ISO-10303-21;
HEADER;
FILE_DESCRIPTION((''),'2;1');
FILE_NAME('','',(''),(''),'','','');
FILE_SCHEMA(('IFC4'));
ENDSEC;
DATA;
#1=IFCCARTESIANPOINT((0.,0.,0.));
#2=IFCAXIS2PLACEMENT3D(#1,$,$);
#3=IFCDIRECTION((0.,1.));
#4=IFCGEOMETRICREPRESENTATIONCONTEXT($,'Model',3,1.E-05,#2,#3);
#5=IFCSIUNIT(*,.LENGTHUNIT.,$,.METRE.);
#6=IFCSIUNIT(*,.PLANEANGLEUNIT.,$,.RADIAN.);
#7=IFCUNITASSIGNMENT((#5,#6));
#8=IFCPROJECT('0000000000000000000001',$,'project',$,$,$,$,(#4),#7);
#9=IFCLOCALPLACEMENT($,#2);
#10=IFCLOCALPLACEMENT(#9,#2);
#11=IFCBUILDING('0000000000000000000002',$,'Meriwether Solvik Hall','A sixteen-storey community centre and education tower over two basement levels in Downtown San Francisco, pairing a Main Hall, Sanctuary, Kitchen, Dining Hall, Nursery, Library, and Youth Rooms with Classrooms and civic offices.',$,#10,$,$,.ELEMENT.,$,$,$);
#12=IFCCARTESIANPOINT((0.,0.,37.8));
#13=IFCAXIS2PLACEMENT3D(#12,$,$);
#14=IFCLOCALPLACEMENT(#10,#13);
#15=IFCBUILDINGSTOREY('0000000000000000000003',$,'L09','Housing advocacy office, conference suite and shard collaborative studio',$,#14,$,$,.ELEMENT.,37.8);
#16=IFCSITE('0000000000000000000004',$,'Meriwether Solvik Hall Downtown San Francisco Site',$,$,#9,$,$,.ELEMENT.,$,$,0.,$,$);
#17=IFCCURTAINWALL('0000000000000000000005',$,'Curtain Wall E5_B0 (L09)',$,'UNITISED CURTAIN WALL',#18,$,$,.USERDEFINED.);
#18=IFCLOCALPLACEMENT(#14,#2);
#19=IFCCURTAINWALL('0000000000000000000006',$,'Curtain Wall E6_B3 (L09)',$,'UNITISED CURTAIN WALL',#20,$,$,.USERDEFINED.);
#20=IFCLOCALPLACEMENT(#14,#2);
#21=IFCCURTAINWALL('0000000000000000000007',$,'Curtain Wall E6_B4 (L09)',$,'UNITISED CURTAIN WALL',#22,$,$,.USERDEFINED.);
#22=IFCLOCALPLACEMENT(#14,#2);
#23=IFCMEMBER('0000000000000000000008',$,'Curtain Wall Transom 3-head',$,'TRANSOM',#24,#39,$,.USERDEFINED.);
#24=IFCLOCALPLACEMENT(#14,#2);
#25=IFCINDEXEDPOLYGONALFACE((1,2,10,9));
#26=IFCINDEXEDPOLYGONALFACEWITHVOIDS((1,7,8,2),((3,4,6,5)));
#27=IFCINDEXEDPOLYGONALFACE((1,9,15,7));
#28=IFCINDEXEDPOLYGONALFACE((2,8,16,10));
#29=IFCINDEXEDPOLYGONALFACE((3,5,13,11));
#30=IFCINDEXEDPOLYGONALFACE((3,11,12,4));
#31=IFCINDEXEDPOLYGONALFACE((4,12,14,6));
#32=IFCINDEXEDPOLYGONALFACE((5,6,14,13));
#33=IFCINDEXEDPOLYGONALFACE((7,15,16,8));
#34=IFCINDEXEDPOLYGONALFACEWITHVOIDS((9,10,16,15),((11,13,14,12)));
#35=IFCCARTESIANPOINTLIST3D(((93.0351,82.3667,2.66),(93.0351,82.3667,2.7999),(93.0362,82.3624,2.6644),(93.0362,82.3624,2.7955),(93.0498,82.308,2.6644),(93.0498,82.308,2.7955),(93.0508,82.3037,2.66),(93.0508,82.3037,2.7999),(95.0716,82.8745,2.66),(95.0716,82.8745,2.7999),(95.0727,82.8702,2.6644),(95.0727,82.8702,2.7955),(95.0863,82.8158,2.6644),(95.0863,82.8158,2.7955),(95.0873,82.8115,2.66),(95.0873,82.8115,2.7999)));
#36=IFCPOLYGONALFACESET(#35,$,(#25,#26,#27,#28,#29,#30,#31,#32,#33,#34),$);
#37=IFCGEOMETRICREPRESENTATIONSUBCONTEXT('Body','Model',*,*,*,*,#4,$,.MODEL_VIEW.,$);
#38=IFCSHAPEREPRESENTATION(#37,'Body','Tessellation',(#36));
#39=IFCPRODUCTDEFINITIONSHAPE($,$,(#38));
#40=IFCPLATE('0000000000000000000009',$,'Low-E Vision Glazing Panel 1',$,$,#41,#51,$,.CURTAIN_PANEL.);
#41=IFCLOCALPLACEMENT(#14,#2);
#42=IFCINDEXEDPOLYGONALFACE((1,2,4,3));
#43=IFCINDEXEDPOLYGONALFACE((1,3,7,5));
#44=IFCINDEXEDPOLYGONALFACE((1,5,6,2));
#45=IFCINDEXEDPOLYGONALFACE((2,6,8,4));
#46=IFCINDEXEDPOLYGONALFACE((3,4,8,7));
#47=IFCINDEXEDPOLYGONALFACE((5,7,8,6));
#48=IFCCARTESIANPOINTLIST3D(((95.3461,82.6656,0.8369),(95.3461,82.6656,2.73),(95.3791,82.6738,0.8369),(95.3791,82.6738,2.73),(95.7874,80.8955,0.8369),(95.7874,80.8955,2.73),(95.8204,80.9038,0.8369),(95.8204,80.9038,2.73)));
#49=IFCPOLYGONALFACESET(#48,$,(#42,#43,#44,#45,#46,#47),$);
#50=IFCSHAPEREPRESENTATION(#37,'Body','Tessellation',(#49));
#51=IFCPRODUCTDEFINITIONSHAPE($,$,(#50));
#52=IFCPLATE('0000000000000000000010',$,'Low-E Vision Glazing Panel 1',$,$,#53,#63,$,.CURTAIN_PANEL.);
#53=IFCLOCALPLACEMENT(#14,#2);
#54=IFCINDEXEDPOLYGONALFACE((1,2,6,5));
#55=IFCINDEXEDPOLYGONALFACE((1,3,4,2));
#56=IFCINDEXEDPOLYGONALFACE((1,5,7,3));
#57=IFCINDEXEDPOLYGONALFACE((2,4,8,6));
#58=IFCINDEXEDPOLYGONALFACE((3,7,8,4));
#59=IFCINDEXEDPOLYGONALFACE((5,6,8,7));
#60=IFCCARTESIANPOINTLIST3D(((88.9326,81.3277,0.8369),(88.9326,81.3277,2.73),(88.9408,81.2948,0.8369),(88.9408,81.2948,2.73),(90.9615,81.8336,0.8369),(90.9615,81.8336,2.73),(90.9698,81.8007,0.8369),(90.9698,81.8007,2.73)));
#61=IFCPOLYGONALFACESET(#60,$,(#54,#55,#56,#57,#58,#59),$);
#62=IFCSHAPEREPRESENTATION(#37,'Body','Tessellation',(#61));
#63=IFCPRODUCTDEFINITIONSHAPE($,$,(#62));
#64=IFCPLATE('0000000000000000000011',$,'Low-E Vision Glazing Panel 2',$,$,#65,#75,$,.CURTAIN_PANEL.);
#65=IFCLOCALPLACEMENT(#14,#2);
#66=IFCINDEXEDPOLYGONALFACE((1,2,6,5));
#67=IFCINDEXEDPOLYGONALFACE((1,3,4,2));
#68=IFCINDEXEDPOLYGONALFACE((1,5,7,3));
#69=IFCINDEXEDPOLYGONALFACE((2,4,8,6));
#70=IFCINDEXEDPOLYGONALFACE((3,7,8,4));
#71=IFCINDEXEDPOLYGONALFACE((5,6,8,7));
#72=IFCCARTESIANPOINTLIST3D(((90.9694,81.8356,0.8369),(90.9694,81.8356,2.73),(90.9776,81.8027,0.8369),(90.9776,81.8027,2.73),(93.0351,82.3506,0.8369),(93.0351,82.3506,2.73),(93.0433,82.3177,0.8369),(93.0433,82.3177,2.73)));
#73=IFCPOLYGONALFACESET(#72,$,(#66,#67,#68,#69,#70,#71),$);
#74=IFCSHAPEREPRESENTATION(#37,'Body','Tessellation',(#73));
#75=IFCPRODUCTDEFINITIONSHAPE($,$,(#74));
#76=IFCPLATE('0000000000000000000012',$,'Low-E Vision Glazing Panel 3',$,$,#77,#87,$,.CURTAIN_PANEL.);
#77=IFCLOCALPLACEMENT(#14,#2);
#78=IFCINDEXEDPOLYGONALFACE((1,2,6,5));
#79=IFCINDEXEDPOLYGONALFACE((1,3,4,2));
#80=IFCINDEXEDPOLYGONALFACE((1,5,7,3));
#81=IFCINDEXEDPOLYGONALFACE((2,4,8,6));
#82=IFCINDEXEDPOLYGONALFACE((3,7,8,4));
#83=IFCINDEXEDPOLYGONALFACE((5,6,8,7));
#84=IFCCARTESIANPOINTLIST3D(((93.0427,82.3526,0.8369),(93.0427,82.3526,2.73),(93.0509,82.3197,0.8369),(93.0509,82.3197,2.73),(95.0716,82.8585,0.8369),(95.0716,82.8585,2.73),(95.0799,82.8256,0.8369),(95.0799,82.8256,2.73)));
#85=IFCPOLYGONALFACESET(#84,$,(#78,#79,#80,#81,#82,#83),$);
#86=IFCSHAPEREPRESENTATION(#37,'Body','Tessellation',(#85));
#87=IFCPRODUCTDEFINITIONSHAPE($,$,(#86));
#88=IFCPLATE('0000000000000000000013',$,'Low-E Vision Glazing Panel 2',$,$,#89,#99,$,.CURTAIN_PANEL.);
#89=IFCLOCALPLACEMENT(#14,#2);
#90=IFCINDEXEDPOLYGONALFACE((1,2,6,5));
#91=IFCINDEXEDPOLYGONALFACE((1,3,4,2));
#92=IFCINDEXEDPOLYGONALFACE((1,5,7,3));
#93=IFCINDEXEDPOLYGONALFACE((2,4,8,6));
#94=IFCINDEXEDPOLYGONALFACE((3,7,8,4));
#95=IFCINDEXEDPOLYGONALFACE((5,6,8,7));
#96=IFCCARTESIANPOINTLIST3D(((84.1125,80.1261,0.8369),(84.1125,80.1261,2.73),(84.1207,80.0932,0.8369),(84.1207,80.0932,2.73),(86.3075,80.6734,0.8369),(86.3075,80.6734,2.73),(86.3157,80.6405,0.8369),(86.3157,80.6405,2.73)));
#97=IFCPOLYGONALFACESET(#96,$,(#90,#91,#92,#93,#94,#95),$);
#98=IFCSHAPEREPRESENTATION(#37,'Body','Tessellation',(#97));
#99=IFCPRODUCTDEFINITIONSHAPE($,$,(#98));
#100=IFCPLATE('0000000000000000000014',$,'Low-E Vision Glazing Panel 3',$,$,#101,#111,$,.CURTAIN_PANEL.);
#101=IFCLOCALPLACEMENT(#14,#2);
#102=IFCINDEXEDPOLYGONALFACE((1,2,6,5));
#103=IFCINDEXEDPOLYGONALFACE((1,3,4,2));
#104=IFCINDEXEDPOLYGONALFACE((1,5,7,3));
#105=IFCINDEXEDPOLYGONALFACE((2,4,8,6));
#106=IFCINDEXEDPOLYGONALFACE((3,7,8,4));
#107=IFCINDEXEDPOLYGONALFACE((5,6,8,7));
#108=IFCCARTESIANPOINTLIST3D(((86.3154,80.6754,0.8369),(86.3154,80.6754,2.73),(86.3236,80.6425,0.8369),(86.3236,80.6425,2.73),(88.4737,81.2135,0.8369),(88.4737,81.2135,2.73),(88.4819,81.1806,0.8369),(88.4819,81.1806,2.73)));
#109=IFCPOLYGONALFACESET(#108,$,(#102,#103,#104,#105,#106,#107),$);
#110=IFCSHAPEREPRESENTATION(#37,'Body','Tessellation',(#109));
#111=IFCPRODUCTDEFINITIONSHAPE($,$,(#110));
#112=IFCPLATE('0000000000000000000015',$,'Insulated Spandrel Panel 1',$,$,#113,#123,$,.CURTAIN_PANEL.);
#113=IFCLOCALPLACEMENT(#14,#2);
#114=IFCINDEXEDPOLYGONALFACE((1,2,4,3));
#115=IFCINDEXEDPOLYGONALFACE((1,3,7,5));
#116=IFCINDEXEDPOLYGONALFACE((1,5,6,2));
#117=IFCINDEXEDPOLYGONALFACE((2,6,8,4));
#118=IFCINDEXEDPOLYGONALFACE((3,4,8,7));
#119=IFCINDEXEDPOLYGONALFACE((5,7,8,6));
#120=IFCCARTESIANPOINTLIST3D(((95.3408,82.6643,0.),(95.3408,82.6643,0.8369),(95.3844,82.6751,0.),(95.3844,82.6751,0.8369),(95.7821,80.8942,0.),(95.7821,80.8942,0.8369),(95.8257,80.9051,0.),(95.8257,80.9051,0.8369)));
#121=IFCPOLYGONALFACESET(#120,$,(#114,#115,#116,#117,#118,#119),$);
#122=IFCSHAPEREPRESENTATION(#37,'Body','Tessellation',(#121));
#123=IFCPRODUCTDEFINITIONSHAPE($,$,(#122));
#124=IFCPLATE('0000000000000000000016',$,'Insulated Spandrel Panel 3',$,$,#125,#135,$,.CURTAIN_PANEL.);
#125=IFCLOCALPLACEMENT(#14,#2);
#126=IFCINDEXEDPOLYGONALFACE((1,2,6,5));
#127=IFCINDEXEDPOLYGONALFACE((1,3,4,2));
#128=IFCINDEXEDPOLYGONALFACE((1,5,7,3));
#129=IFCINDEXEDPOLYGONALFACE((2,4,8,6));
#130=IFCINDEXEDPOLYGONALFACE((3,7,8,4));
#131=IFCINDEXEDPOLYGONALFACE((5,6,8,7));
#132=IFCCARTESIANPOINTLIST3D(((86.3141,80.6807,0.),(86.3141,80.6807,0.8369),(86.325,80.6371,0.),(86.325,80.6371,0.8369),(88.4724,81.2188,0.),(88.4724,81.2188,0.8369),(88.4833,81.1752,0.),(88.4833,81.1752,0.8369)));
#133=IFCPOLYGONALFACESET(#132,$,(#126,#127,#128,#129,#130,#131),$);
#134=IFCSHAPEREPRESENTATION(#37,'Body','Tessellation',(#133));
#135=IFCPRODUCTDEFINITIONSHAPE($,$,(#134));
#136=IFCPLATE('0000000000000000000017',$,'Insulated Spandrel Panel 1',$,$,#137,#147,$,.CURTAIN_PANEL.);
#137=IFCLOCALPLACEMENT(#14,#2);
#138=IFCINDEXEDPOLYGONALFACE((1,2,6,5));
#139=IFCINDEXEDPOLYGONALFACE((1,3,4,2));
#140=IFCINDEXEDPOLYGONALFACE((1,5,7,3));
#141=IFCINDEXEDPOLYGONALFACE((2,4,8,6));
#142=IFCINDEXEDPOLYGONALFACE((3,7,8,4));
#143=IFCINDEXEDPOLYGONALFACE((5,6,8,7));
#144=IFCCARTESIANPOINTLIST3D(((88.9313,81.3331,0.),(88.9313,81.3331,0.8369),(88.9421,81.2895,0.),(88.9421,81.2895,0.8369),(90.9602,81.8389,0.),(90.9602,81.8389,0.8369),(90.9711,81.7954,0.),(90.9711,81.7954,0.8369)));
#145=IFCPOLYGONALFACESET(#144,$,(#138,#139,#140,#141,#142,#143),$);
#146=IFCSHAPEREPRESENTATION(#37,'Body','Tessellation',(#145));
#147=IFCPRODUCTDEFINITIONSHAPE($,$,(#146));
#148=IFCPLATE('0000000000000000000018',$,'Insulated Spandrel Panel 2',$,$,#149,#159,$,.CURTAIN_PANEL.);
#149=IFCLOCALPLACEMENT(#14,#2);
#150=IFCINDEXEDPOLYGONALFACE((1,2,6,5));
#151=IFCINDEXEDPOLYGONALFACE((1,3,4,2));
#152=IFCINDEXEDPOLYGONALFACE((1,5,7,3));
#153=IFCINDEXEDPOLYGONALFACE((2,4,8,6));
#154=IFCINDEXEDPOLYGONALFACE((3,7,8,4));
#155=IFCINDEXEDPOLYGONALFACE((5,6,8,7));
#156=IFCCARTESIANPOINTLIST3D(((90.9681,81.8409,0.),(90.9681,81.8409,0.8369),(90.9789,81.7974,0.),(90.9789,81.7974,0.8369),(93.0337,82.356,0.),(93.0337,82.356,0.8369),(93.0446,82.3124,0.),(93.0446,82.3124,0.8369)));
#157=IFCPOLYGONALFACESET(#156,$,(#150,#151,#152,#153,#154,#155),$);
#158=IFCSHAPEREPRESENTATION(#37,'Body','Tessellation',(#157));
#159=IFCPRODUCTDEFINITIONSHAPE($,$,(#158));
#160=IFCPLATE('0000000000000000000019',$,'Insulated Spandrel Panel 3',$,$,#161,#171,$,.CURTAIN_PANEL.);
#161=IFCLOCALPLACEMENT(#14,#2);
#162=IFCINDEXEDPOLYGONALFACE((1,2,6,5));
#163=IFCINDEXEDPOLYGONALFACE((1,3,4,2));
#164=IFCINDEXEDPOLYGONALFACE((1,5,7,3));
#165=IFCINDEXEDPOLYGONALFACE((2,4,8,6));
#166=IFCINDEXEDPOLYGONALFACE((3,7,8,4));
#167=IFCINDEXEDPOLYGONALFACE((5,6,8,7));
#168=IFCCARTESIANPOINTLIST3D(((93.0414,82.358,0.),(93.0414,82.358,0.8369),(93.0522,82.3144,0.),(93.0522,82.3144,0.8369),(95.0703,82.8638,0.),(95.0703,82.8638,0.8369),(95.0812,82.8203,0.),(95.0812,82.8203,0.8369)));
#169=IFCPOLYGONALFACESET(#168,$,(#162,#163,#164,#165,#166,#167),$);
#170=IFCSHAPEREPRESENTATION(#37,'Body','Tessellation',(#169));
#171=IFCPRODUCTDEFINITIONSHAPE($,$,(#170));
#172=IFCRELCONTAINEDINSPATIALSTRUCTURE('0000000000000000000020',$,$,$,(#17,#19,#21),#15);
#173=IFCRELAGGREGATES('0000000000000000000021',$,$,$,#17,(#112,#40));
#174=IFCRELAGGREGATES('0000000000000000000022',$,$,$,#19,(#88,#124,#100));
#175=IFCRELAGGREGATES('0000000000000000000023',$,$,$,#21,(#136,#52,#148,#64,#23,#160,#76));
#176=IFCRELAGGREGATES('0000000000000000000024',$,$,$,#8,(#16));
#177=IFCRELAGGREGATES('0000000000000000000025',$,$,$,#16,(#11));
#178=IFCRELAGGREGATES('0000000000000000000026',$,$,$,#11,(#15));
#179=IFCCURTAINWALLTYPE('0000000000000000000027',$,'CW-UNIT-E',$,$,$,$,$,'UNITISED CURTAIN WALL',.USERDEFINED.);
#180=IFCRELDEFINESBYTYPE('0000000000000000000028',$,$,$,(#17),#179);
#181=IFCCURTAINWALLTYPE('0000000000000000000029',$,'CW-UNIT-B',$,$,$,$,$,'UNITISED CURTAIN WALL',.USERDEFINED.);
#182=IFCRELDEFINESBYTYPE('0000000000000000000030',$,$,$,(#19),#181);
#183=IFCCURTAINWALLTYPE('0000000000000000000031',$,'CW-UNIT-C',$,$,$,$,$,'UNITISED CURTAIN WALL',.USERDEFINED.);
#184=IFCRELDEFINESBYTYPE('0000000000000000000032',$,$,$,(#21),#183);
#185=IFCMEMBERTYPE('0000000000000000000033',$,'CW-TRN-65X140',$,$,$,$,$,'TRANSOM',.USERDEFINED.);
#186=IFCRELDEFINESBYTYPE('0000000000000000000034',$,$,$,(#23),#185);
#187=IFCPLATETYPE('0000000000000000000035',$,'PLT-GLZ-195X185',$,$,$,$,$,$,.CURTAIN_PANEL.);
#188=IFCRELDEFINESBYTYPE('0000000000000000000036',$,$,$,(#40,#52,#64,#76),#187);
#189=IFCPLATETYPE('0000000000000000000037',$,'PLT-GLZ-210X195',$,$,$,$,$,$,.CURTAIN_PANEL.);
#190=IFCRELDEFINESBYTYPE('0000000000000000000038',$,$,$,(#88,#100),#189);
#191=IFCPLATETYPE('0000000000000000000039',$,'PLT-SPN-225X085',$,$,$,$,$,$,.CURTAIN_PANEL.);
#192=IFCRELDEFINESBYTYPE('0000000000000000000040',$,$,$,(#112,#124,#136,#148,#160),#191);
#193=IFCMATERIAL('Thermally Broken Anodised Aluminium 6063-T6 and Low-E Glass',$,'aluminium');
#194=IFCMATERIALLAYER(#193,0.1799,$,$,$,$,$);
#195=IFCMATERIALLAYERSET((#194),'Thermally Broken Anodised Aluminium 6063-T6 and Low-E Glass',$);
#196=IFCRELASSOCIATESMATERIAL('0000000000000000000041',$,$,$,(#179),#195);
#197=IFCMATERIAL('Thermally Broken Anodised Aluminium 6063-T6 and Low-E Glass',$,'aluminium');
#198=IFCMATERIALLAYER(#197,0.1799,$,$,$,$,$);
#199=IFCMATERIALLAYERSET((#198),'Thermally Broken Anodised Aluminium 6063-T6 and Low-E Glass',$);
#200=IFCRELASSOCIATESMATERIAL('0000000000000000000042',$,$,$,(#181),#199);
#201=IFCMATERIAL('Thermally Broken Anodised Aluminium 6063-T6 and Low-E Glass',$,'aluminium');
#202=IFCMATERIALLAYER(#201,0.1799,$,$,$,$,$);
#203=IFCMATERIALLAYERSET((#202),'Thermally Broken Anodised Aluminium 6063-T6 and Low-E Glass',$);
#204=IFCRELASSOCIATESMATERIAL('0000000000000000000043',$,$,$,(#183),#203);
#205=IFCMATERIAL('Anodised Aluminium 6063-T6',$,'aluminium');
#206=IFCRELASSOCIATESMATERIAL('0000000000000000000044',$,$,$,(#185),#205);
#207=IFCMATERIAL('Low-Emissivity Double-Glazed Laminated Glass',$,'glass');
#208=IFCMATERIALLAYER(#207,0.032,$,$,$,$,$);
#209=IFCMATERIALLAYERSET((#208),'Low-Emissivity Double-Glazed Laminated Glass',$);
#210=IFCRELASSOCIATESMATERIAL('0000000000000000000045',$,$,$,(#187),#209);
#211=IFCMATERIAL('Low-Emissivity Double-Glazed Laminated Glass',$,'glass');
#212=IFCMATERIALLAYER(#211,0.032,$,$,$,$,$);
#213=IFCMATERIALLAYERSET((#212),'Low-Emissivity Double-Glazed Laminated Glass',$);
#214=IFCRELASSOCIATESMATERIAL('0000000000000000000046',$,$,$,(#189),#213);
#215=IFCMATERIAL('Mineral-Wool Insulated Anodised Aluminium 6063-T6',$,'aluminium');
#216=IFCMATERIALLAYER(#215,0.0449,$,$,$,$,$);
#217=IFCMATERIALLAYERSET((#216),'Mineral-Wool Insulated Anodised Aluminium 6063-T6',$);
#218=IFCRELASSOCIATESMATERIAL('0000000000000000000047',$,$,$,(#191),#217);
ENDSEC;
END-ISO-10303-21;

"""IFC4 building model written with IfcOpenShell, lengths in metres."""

from ifc_helpers import new_model, si_unit, direction, frame, origin, origin_2d, place, context, subcontext, project, spatial, rectangle, hollow_rectangle, extrude, material, layer, layer_set, material_profile, profile_set, type_object, element, aggregate, save


model = new_model("IFC4")

# Units and contexts
model_context = context("Model", 3, precision=1e-05, world=origin(), true_north=direction((0.0, 1.0)))
body_context = subcontext(model_context, "Body", "Model", "MODEL_VIEW")
ifc_project = project(units=[si_unit("LENGTHUNIT", "METRE"), si_unit("PLANEANGLEUNIT", "RADIAN")], contexts=[model_context])

# Site, building, storey
site_placement = place(None, origin())
site = spatial("IfcSite", under=ifc_project, at=site_placement, Name="Meriwether Solvik Hall Downtown San Francisco Site", CompositionType="ELEMENT", RefElevation=0.0)
building_placement = place(site_placement, origin())
building = spatial("IfcBuilding", under=site, at=building_placement, Name="Meriwether Solvik Hall", Description="A sixteen-storey community centre and education tower over two basement levels in Downtown San Francisco, pairing a Main Hall, Sanctuary, Kitchen, Dining Hall, Nursery, Library, and Youth Rooms with Classrooms and civic offices.", CompositionType="ELEMENT")
storey_placement = place(building_placement, frame((0.0, 0.0, 37.8)))
storey = spatial("IfcBuildingStorey", under=building, at=storey_placement, Name="L09", Description="Housing advocacy office, conference suite and shard collaborative studio", CompositionType="ELEMENT", Elevation=37.8)

# Curtain walls
ifc_material_1 = material(Name="Thermally Broken Anodised Aluminium 6063-T6 and Low-E Glass", Category="aluminium")
ifc_layer_1 = layer(ifc_material_1, 0.1799)
ifc_layer_set_1 = layer_set([ifc_layer_1], Name="Thermally Broken Anodised Aluminium 6063-T6 and Low-E Glass")
curtain_wall_type_1 = type_object("IfcCurtainWallType", Name="CW-UNIT-E", ElementType="UNITISED CURTAIN WALL", PredefinedType="USERDEFINED", material=ifc_layer_set_1)
curtain_wall_1_placement = place(storey_placement, origin())
curtain_wall_1 = element("IfcCurtainWall", 1, at=curtain_wall_1_placement, inside=storey, type_object=curtain_wall_type_1, Name="Curtain Wall E5_B0 (L09)", ObjectType="UNITISED CURTAIN WALL", PredefinedType="USERDEFINED")
ifc_material_2 = material(Name="Thermally Broken Anodised Aluminium 6063-T6 and Low-E Glass", Category="aluminium")
ifc_layer_2 = layer(ifc_material_2, 0.1799)
ifc_layer_set_2 = layer_set([ifc_layer_2], Name="Thermally Broken Anodised Aluminium 6063-T6 and Low-E Glass")
curtain_wall_type_2 = type_object("IfcCurtainWallType", Name="CW-UNIT-B", ElementType="UNITISED CURTAIN WALL", PredefinedType="USERDEFINED", material=ifc_layer_set_2)
curtain_wall_2_placement = place(storey_placement, origin())
curtain_wall_2 = element("IfcCurtainWall", 2, at=curtain_wall_2_placement, inside=storey, type_object=curtain_wall_type_2, Name="Curtain Wall E6_B3 (L09)", ObjectType="UNITISED CURTAIN WALL", PredefinedType="USERDEFINED")
ifc_material_3 = material(Name="Thermally Broken Anodised Aluminium 6063-T6 and Low-E Glass", Category="aluminium")
ifc_layer_3 = layer(ifc_material_3, 0.1799)
ifc_layer_set_3 = layer_set([ifc_layer_3], Name="Thermally Broken Anodised Aluminium 6063-T6 and Low-E Glass")
curtain_wall_type_3 = type_object("IfcCurtainWallType", Name="CW-UNIT-C", ElementType="UNITISED CURTAIN WALL", PredefinedType="USERDEFINED", material=ifc_layer_set_3)
curtain_wall_3_placement = place(storey_placement, origin())
curtain_wall_3 = element("IfcCurtainWall", 3, at=curtain_wall_3_placement, inside=storey, type_object=curtain_wall_type_3, Name="Curtain Wall E6_B4 (L09)", ObjectType="UNITISED CURTAIN WALL", PredefinedType="USERDEFINED")

# Member
ifc_material_4 = material(Name="Anodised Aluminium 6063-T6", Category="aluminium")
ifc_material_profile_1 = material_profile(ifc_material_4, hollow_rectangle(XDim=0.0649, YDim=0.1399, WallThickness=0.0044, at=origin_2d()), Name="CWT-65X140")
ifc_profile_set_1 = profile_set([ifc_material_profile_1], Name="Anodised Aluminium 6063-T6")
member_type_1 = type_object("IfcMemberType", Name="CW-TRN-65X140", ElementType="TRANSOM", PredefinedType="USERDEFINED", material=ifc_profile_set_1)
member_1_placement = place(storey_placement, frame((93.043, 82.3352, 2.73), z_axis=(0.970293, 0.241933, 0.0), x_axis=(-0.241933, 0.970293, 0.0)))
member_1 = element("IfcMember", 4, at=member_1_placement, type_object=member_type_1, Name="Curtain Wall Transom 3-head", ObjectType="TRANSOM", PredefinedType="USERDEFINED", context=body_context, shape_type="SweptSolid", body=[
    extrude(hollow_rectangle(XDim=0.0649, YDim=0.1399, WallThickness=0.0044, at=origin_2d()), origin(), (0.0, 0.0, 1.0), 2.0989),
])

# Plates
ifc_material_5 = material(Name="Low-Emissivity Double-Glazed Laminated Glass", Category="glass")
ifc_layer_4 = layer(ifc_material_5, 0.032)
ifc_layer_set_4 = layer_set([ifc_layer_4], Name="Low-Emissivity Double-Glazed Laminated Glass")
plate_type_1 = type_object("IfcPlateType", Name="PLT-GLZ-195X185", PredefinedType="CURTAIN_PANEL", material=ifc_layer_set_4)
plate_1_placement = place(storey_placement, frame((95.5833, 81.7847, 0.8369), z_axis=(0.0, 0.0, 1.0), x_axis=(0.241922, -0.970296, 0.0)))
plate_1 = element("IfcPlate", 5, at=plate_1_placement, type_object=plate_type_1, Name="Low-E Vision Glazing Panel 1", PredefinedType="CURTAIN_PANEL", context=body_context, shape_type="SweptSolid", body=[
    extrude(rectangle(XDim=1.8242, YDim=0.0339, at=origin_2d()), origin(), (0.0, 0.0, 1.0), 1.8931),
])
plate_2_placement = place(storey_placement, frame((89.9512, 81.5642, 0.8369), z_axis=(0.0, 0.0, 1.0), x_axis=(0.970296, 0.241922, 0.0)))
plate_2 = element("IfcPlate", 6, at=plate_2_placement, type_object=plate_type_1, Name="Low-E Vision Glazing Panel 1", PredefinedType="CURTAIN_PANEL", context=body_context, shape_type="SweptSolid", body=[
    extrude(rectangle(XDim=2.0911, YDim=0.0339, at=origin_2d()), origin(), (0.0, 0.0, 1.0), 1.8931),
])
plate_3_placement = place(storey_placement, frame((92.0063, 82.0767, 0.8369), z_axis=(0.0, 0.0, 1.0), x_axis=(0.970296, 0.241922, 0.0)))
plate_3 = element("IfcPlate", 7, at=plate_3_placement, type_object=plate_type_1, Name="Low-E Vision Glazing Panel 2", PredefinedType="CURTAIN_PANEL", context=body_context, shape_type="SweptSolid", body=[
    extrude(rectangle(XDim=2.1289, YDim=0.0339, at=origin_2d()), origin(), (0.0, 0.0, 1.0), 1.8931),
])
plate_4_placement = place(storey_placement, frame((94.0613, 82.5891, 0.8369), z_axis=(0.0, 0.0, 1.0), x_axis=(0.970296, 0.241922, 0.0)))
plate_4 = element("IfcPlate", 8, at=plate_4_placement, type_object=plate_type_1, Name="Low-E Vision Glazing Panel 3", PredefinedType="CURTAIN_PANEL", context=body_context, shape_type="SweptSolid", body=[
    extrude(rectangle(XDim=2.0911, YDim=0.0339, at=origin_2d()), origin(), (0.0, 0.0, 1.0), 1.8931),
])
ifc_material_6 = material(Name="Low-Emissivity Double-Glazed Laminated Glass", Category="glass")
ifc_layer_5 = layer(ifc_material_6, 0.032)
ifc_layer_set_5 = layer_set([ifc_layer_5], Name="Low-Emissivity Double-Glazed Laminated Glass")
plate_type_2 = type_object("IfcPlateType", Name="PLT-GLZ-210X195", PredefinedType="CURTAIN_PANEL", material=ifc_layer_set_5)
plate_5_placement = place(storey_placement, frame((85.2141, 80.3833, 0.8369), z_axis=(0.0, 0.0, 1.0), x_axis=(0.970296, 0.241922, 0.0)))
plate_5 = element("IfcPlate", 9, at=plate_5_placement, type_object=plate_type_2, Name="Low-E Vision Glazing Panel 2", PredefinedType="CURTAIN_PANEL", context=body_context, shape_type="SweptSolid", body=[
    extrude(rectangle(XDim=2.2622, YDim=0.0339, at=origin_2d()), origin(), (0.0, 0.0, 1.0), 1.8931),
])
plate_6_placement = place(storey_placement, frame((87.3987, 80.928, 0.8369), z_axis=(0.0, 0.0, 1.0), x_axis=(0.970296, 0.241922, 0.0)))
plate_6 = element("IfcPlate", 10, at=plate_6_placement, type_object=plate_type_2, Name="Low-E Vision Glazing Panel 3", PredefinedType="CURTAIN_PANEL", context=body_context, shape_type="SweptSolid", body=[
    extrude(rectangle(XDim=2.2244, YDim=0.0339, at=origin_2d()), origin(), (0.0, 0.0, 1.0), 1.8931),
])
ifc_material_7 = material(Name="Mineral-Wool Insulated Anodised Aluminium 6063-T6", Category="aluminium")
ifc_layer_6 = layer(ifc_material_7, 0.0449)
ifc_layer_set_6 = layer_set([ifc_layer_6], Name="Mineral-Wool Insulated Anodised Aluminium 6063-T6")
plate_type_3 = type_object("IfcPlateType", Name="PLT-SPN-225X085", PredefinedType="CURTAIN_PANEL", material=ifc_layer_set_6)
plate_7_placement = place(storey_placement, frame((95.5833, 81.7847, 0.0), z_axis=(0.0, 0.0, 1.0), x_axis=(0.241922, -0.970296, 0.0)))
plate_7 = element("IfcPlate", 11, at=plate_7_placement, type_object=plate_type_3, Name="Insulated Spandrel Panel 1", PredefinedType="CURTAIN_PANEL", context=body_context, shape_type="SweptSolid", body=[
    extrude(rectangle(XDim=1.8242, YDim=0.0449, at=origin_2d()), origin(), (0.0, 0.0, 1.0), 0.8369),
])
aggregate(curtain_wall_1, [plate_7, plate_1])
plate_8_placement = place(storey_placement, frame((87.3987, 80.928, 0.0), z_axis=(0.0, 0.0, 1.0), x_axis=(0.970296, 0.241922, 0.0)))
plate_8 = element("IfcPlate", 12, at=plate_8_placement, type_object=plate_type_3, Name="Insulated Spandrel Panel 3", PredefinedType="CURTAIN_PANEL", context=body_context, shape_type="SweptSolid", body=[
    extrude(rectangle(XDim=2.2244, YDim=0.0449, at=origin_2d()), origin(), (0.0, 0.0, 1.0), 0.8369),
])
aggregate(curtain_wall_2, [plate_5, plate_8, plate_6])
plate_9_placement = place(storey_placement, frame((89.9512, 81.5642, 0.0), z_axis=(0.0, 0.0, 1.0), x_axis=(0.970296, 0.241922, 0.0)))
plate_9 = element("IfcPlate", 13, at=plate_9_placement, type_object=plate_type_3, Name="Insulated Spandrel Panel 1", PredefinedType="CURTAIN_PANEL", context=body_context, shape_type="SweptSolid", body=[
    extrude(rectangle(XDim=2.0911, YDim=0.0449, at=origin_2d()), origin(), (0.0, 0.0, 1.0), 0.8369),
])
plate_10_placement = place(storey_placement, frame((92.0063, 82.0767, 0.0), z_axis=(0.0, 0.0, 1.0), x_axis=(0.970296, 0.241922, 0.0)))
plate_10 = element("IfcPlate", 14, at=plate_10_placement, type_object=plate_type_3, Name="Insulated Spandrel Panel 2", PredefinedType="CURTAIN_PANEL", context=body_context, shape_type="SweptSolid", body=[
    extrude(rectangle(XDim=2.1289, YDim=0.0449, at=origin_2d()), origin(), (0.0, 0.0, 1.0), 0.8369),
])
plate_11_placement = place(storey_placement, frame((94.0613, 82.5891, 0.0), z_axis=(0.0, 0.0, 1.0), x_axis=(0.970296, 0.241922, 0.0)))
plate_11 = element("IfcPlate", 15, at=plate_11_placement, type_object=plate_type_3, Name="Insulated Spandrel Panel 3", PredefinedType="CURTAIN_PANEL", context=body_context, shape_type="SweptSolid", body=[
    extrude(rectangle(XDim=2.0911, YDim=0.0449, at=origin_2d()), origin(), (0.0, 0.0, 1.0), 0.8369),
])
aggregate(curtain_wall_3, [plate_9, plate_2, plate_10, plate_3, member_1, plate_11, plate_4])

save(model, "model.ifc")
